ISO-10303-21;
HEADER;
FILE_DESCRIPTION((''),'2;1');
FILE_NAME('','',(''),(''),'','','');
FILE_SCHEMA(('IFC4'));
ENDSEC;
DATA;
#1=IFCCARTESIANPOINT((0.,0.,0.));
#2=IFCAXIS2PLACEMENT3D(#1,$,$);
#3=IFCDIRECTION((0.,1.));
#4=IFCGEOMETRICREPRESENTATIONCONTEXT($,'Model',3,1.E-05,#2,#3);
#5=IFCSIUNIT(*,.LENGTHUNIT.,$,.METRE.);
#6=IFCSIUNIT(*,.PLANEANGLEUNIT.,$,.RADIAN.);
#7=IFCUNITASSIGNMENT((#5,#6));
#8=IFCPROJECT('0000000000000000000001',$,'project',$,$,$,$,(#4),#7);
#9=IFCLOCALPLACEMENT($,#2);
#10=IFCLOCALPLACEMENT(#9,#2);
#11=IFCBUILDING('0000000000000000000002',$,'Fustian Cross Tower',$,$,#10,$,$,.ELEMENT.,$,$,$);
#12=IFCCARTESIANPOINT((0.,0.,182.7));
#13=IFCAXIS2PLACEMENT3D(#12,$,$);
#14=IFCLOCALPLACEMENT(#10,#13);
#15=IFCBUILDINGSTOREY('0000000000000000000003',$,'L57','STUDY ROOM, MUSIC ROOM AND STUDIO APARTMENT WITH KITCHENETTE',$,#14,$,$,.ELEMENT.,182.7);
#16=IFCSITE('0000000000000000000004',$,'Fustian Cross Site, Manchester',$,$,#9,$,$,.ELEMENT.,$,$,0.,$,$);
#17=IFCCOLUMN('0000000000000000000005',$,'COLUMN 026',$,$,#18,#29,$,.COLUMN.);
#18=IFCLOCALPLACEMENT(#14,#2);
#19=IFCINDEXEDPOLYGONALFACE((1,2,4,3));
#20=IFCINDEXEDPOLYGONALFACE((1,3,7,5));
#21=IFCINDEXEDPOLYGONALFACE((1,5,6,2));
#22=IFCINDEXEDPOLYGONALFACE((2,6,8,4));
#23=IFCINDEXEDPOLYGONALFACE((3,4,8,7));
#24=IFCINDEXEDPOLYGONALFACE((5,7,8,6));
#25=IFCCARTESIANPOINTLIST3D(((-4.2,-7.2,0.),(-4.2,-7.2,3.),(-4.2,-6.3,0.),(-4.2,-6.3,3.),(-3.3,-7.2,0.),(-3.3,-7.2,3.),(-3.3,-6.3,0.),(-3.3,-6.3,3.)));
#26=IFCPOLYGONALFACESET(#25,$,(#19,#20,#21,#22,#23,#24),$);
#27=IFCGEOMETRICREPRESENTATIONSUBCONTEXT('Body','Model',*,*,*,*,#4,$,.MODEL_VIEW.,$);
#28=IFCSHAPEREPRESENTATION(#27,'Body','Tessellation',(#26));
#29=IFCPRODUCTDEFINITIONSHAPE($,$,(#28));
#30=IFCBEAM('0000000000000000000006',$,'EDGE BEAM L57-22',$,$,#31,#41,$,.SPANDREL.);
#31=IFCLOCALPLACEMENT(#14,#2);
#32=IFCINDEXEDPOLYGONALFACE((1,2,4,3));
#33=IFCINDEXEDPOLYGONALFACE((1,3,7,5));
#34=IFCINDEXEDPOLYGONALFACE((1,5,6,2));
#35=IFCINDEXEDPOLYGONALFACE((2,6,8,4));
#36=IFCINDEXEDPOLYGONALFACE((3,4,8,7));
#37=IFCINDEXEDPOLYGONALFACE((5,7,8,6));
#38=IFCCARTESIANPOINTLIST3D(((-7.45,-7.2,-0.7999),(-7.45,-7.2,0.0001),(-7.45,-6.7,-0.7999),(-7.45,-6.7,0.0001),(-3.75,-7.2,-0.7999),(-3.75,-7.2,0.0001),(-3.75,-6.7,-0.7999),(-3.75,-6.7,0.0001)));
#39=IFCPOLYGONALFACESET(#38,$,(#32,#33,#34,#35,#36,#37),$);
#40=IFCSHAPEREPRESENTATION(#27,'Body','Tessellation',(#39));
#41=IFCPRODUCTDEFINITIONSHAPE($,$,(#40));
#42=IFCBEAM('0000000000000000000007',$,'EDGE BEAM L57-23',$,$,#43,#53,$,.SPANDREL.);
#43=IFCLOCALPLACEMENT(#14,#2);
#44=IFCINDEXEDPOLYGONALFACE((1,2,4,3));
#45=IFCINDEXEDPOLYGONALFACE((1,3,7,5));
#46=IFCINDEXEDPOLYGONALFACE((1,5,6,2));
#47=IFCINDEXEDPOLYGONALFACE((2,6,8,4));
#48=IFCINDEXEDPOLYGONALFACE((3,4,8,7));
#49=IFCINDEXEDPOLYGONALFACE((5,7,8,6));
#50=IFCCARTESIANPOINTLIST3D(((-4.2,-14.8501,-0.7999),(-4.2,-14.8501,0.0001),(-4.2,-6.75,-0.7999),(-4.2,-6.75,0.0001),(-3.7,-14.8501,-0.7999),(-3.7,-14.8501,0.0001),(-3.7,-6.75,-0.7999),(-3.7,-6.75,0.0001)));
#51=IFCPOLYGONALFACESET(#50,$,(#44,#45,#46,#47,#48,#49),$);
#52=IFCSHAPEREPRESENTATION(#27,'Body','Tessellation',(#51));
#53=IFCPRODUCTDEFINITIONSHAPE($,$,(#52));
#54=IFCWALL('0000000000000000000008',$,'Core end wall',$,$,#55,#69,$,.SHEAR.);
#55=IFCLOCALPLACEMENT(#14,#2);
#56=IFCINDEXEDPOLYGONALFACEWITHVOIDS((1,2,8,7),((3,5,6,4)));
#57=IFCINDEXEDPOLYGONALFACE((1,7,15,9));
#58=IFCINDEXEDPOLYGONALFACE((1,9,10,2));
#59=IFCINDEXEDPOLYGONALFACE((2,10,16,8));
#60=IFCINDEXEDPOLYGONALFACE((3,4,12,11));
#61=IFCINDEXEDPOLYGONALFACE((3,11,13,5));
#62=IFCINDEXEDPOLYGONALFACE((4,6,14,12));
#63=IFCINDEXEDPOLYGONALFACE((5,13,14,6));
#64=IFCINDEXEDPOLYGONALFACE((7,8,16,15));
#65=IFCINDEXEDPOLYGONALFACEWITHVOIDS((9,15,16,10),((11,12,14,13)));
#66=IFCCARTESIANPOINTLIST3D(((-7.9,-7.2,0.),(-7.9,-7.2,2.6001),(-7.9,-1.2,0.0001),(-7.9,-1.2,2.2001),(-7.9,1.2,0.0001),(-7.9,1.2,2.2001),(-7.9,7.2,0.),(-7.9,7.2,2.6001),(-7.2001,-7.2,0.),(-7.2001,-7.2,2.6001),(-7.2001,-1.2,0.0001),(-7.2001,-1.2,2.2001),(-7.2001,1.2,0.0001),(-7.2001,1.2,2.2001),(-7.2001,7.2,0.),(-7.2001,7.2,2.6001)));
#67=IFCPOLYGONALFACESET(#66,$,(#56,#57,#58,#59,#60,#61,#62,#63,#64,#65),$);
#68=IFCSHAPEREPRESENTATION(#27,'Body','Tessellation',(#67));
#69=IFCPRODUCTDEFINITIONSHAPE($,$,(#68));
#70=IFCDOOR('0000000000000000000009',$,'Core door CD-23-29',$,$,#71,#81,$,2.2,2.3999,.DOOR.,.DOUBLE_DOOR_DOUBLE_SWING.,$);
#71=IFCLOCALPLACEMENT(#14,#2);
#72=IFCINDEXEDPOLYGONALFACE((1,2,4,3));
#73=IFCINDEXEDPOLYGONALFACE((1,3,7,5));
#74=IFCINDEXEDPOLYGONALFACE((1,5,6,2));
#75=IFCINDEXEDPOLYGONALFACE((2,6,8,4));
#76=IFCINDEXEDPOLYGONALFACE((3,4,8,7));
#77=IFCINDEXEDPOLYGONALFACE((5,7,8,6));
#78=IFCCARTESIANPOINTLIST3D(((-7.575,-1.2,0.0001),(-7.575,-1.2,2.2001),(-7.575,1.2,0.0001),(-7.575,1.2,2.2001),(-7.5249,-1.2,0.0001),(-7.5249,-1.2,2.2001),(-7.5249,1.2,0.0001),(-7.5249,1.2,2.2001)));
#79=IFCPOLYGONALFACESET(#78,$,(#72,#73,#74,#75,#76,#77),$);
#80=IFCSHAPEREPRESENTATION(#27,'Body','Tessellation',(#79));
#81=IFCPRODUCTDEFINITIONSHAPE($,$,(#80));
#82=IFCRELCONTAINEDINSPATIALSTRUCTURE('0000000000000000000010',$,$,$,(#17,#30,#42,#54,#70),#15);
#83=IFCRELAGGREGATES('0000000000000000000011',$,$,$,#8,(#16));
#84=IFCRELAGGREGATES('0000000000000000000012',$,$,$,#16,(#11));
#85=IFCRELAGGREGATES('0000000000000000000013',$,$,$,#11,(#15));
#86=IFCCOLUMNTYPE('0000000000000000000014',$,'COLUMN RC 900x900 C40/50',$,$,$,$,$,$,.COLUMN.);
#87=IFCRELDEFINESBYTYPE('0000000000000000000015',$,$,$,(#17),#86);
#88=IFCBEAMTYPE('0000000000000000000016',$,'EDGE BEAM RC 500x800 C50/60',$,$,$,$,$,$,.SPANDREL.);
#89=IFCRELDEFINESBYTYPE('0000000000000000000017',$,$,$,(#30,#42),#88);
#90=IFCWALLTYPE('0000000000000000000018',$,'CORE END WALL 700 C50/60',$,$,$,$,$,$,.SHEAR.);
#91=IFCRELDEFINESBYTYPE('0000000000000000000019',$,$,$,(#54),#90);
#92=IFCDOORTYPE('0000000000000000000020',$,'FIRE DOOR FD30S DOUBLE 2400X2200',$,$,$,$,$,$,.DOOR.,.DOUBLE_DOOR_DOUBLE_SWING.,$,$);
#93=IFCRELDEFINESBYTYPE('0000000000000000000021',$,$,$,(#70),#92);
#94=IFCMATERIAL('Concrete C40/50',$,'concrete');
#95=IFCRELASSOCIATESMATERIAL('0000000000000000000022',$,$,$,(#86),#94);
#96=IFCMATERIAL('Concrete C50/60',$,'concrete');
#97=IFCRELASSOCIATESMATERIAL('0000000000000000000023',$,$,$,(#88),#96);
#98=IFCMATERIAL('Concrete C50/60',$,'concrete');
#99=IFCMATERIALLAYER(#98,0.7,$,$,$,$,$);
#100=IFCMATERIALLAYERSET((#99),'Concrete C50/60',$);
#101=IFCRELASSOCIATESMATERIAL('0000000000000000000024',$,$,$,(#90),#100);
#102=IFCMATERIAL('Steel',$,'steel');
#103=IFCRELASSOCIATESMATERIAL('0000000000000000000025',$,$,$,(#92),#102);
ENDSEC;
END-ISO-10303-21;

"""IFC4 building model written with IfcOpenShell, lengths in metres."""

from ifc_helpers import new_model, si_unit, direction, frame, frame_2d, origin, origin_2d, place, context, subcontext, project, spatial, rectangle, extrude, material, layer, layer_set, material_profile, profile_set, type_object, element, fill, save


model = new_model("IFC4")

# Units and contexts
model_context = context("Model", 3, precision=1e-05, world=origin(), true_north=direction((0.0, 1.0)))
body_context = subcontext(model_context, "Body", "Model", "MODEL_VIEW")
ifc_project = project(units=[si_unit("LENGTHUNIT", "METRE"), si_unit("PLANEANGLEUNIT", "RADIAN")], contexts=[model_context])

# Site, building, storey
site_placement = place(None, origin())
site = spatial("IfcSite", under=ifc_project, at=site_placement, Name="Fustian Cross Site, Manchester", CompositionType="ELEMENT", RefElevation=0.0)
building_placement = place(site_placement, origin())
building = spatial("IfcBuilding", under=site, at=building_placement, Name="Fustian Cross Tower", CompositionType="ELEMENT")
storey_placement = place(building_placement, frame((0.0, 0.0, 182.7)))
storey = spatial("IfcBuildingStorey", under=building, at=storey_placement, Name="L57", Description="STUDY ROOM, MUSIC ROOM AND STUDIO APARTMENT WITH KITCHENETTE", CompositionType="ELEMENT", Elevation=182.7)

# Column
ifc_material_1 = material(Name="Concrete C40/50", Category="concrete")
ifc_material_profile_1 = material_profile(ifc_material_1, rectangle(XDim=0.8999, YDim=0.8999, at=origin_2d()), Name="RC 900x900")
ifc_profile_set_1 = profile_set([ifc_material_profile_1], Name="Concrete C40/50")
column_type = type_object("IfcColumnType", Name="COLUMN RC 900x900 C40/50", PredefinedType="COLUMN", material=ifc_profile_set_1)
column_placement = place(storey_placement, frame((-3.75, -6.75, 0.0), z_axis=(0.0, 0.0, 1.0), x_axis=(1.0, 0.0, 0.0)))
element("IfcColumn", 1, at=column_placement, inside=storey, type_object=column_type, Name="COLUMN 026", PredefinedType="COLUMN", context=body_context, shape_type="SweptSolid", body=[
    extrude(rectangle(XDim=0.8999, YDim=0.8999, at=origin_2d()), origin(), (0.0, 0.0, 1.0), 3.0),
])

# Beams
ifc_material_2 = material(Name="Concrete C50/60", Category="concrete")
ifc_material_profile_2 = material_profile(ifc_material_2, rectangle(XDim=0.5, YDim=0.8, at=origin_2d()), Name="RC 500x800")
ifc_profile_set_2 = profile_set([ifc_material_profile_2], Name="Concrete C50/60")
beam_type = type_object("IfcBeamType", Name="EDGE BEAM RC 500x800 C50/60", PredefinedType="SPANDREL", material=ifc_profile_set_2)
beam_1_placement = place(storey_placement, frame((-7.45, -6.95, -0.3999), z_axis=(1.0, 0.0, 0.0), x_axis=(0.0, 1.0, 0.0)))
element("IfcBeam", 2, at=beam_1_placement, inside=storey, type_object=beam_type, Name="EDGE BEAM L57-22", PredefinedType="SPANDREL", context=body_context, shape_type="SweptSolid", body=[
    extrude(rectangle(XDim=0.5, YDim=0.8, at=origin_2d()), origin(), (0.0, 0.0, 1.0), 3.7),
])
beam_2_placement = place(storey_placement, frame((-3.95, -6.75, -0.3999), z_axis=(0.0, -1.0, 0.0), x_axis=(1.0, 0.0, 0.0)))
element("IfcBeam", 3, at=beam_2_placement, inside=storey, type_object=beam_type, Name="EDGE BEAM L57-23", PredefinedType="SPANDREL", context=body_context, shape_type="SweptSolid", body=[
    extrude(rectangle(XDim=0.5, YDim=0.8, at=origin_2d()), origin(), (0.0, 0.0, 1.0), 8.1001),
])

# Wall, opening, door
ifc_material_3 = material(Name="Concrete C50/60", Category="concrete")
ifc_layer_1 = layer(ifc_material_3, 0.7)
ifc_layer_set_1 = layer_set([ifc_layer_1], Name="Concrete C50/60")
wall_type_1 = type_object("IfcWallType", Name="CORE END WALL 700 C50/60", PredefinedType="SHEAR", material=ifc_layer_set_1)
wall_1_placement = place(storey_placement, frame((-7.55, -7.2, 0.0), z_axis=(0.0, 0.0, 1.0), x_axis=(0.0, 1.0, 0.0)))
wall_1 = element("IfcWall", 4, at=wall_1_placement, inside=storey, type_object=wall_type_1, Name="Core end wall", PredefinedType="SHEAR", context=body_context, shape_type="SweptSolid", body=[
    extrude(rectangle(XDim=14.3999, YDim=0.7, at=frame_2d((7.2, 0.0))), origin(), (0.0, 0.0, 1.0), 2.6001),
])
opening_1_placement = place(wall_1_placement, frame((6.0, 0.0, 0.0)))
opening_1 = element("IfcOpeningElement", 5, at=opening_1_placement, cuts=wall_1, PredefinedType="OPENING", context=body_context, shape_type="SweptSolid", body=[
    extrude(rectangle(XDim=2.3999, YDim=2.2, at=frame_2d((1.2, 1.1001))), frame((0.0, 0.3599, 0.0), z_axis=(0.0, -1.0, 0.0), x_axis=(1.0, 0.0, 0.0)), (0.0, 0.0, 1.0), 0.72),
])
ifc_material_4 = material(Name="Steel", Category="steel")
door_type_1 = type_object("IfcDoorType", Name="FIRE DOOR FD30S DOUBLE 2400X2200", OperationType="DOUBLE_DOOR_DOUBLE_SWING", PredefinedType="DOOR", material=ifc_material_4)
door_1_placement = place(opening_1_placement, origin())
door_1 = element("IfcDoor", 6, at=door_1_placement, inside=storey, type_object=door_type_1, Name="Core door CD-23-29", OperationType="DOUBLE_DOOR_DOUBLE_SWING", OverallHeight=2.2, OverallWidth=2.3999, PredefinedType="DOOR", context=body_context, shape_type="SweptSolid", body=[
    extrude(rectangle(XDim=2.3999, YDim=2.2, at=frame_2d((1.2, 1.1001))), frame((0.0, 0.0249, 0.0), z_axis=(0.0, -1.0, 0.0), x_axis=(1.0, 0.0, 0.0)), (0.0, 0.0, 1.0), 0.05),
])
fill(opening_1, door_1)

save(model, "model.ifc")
